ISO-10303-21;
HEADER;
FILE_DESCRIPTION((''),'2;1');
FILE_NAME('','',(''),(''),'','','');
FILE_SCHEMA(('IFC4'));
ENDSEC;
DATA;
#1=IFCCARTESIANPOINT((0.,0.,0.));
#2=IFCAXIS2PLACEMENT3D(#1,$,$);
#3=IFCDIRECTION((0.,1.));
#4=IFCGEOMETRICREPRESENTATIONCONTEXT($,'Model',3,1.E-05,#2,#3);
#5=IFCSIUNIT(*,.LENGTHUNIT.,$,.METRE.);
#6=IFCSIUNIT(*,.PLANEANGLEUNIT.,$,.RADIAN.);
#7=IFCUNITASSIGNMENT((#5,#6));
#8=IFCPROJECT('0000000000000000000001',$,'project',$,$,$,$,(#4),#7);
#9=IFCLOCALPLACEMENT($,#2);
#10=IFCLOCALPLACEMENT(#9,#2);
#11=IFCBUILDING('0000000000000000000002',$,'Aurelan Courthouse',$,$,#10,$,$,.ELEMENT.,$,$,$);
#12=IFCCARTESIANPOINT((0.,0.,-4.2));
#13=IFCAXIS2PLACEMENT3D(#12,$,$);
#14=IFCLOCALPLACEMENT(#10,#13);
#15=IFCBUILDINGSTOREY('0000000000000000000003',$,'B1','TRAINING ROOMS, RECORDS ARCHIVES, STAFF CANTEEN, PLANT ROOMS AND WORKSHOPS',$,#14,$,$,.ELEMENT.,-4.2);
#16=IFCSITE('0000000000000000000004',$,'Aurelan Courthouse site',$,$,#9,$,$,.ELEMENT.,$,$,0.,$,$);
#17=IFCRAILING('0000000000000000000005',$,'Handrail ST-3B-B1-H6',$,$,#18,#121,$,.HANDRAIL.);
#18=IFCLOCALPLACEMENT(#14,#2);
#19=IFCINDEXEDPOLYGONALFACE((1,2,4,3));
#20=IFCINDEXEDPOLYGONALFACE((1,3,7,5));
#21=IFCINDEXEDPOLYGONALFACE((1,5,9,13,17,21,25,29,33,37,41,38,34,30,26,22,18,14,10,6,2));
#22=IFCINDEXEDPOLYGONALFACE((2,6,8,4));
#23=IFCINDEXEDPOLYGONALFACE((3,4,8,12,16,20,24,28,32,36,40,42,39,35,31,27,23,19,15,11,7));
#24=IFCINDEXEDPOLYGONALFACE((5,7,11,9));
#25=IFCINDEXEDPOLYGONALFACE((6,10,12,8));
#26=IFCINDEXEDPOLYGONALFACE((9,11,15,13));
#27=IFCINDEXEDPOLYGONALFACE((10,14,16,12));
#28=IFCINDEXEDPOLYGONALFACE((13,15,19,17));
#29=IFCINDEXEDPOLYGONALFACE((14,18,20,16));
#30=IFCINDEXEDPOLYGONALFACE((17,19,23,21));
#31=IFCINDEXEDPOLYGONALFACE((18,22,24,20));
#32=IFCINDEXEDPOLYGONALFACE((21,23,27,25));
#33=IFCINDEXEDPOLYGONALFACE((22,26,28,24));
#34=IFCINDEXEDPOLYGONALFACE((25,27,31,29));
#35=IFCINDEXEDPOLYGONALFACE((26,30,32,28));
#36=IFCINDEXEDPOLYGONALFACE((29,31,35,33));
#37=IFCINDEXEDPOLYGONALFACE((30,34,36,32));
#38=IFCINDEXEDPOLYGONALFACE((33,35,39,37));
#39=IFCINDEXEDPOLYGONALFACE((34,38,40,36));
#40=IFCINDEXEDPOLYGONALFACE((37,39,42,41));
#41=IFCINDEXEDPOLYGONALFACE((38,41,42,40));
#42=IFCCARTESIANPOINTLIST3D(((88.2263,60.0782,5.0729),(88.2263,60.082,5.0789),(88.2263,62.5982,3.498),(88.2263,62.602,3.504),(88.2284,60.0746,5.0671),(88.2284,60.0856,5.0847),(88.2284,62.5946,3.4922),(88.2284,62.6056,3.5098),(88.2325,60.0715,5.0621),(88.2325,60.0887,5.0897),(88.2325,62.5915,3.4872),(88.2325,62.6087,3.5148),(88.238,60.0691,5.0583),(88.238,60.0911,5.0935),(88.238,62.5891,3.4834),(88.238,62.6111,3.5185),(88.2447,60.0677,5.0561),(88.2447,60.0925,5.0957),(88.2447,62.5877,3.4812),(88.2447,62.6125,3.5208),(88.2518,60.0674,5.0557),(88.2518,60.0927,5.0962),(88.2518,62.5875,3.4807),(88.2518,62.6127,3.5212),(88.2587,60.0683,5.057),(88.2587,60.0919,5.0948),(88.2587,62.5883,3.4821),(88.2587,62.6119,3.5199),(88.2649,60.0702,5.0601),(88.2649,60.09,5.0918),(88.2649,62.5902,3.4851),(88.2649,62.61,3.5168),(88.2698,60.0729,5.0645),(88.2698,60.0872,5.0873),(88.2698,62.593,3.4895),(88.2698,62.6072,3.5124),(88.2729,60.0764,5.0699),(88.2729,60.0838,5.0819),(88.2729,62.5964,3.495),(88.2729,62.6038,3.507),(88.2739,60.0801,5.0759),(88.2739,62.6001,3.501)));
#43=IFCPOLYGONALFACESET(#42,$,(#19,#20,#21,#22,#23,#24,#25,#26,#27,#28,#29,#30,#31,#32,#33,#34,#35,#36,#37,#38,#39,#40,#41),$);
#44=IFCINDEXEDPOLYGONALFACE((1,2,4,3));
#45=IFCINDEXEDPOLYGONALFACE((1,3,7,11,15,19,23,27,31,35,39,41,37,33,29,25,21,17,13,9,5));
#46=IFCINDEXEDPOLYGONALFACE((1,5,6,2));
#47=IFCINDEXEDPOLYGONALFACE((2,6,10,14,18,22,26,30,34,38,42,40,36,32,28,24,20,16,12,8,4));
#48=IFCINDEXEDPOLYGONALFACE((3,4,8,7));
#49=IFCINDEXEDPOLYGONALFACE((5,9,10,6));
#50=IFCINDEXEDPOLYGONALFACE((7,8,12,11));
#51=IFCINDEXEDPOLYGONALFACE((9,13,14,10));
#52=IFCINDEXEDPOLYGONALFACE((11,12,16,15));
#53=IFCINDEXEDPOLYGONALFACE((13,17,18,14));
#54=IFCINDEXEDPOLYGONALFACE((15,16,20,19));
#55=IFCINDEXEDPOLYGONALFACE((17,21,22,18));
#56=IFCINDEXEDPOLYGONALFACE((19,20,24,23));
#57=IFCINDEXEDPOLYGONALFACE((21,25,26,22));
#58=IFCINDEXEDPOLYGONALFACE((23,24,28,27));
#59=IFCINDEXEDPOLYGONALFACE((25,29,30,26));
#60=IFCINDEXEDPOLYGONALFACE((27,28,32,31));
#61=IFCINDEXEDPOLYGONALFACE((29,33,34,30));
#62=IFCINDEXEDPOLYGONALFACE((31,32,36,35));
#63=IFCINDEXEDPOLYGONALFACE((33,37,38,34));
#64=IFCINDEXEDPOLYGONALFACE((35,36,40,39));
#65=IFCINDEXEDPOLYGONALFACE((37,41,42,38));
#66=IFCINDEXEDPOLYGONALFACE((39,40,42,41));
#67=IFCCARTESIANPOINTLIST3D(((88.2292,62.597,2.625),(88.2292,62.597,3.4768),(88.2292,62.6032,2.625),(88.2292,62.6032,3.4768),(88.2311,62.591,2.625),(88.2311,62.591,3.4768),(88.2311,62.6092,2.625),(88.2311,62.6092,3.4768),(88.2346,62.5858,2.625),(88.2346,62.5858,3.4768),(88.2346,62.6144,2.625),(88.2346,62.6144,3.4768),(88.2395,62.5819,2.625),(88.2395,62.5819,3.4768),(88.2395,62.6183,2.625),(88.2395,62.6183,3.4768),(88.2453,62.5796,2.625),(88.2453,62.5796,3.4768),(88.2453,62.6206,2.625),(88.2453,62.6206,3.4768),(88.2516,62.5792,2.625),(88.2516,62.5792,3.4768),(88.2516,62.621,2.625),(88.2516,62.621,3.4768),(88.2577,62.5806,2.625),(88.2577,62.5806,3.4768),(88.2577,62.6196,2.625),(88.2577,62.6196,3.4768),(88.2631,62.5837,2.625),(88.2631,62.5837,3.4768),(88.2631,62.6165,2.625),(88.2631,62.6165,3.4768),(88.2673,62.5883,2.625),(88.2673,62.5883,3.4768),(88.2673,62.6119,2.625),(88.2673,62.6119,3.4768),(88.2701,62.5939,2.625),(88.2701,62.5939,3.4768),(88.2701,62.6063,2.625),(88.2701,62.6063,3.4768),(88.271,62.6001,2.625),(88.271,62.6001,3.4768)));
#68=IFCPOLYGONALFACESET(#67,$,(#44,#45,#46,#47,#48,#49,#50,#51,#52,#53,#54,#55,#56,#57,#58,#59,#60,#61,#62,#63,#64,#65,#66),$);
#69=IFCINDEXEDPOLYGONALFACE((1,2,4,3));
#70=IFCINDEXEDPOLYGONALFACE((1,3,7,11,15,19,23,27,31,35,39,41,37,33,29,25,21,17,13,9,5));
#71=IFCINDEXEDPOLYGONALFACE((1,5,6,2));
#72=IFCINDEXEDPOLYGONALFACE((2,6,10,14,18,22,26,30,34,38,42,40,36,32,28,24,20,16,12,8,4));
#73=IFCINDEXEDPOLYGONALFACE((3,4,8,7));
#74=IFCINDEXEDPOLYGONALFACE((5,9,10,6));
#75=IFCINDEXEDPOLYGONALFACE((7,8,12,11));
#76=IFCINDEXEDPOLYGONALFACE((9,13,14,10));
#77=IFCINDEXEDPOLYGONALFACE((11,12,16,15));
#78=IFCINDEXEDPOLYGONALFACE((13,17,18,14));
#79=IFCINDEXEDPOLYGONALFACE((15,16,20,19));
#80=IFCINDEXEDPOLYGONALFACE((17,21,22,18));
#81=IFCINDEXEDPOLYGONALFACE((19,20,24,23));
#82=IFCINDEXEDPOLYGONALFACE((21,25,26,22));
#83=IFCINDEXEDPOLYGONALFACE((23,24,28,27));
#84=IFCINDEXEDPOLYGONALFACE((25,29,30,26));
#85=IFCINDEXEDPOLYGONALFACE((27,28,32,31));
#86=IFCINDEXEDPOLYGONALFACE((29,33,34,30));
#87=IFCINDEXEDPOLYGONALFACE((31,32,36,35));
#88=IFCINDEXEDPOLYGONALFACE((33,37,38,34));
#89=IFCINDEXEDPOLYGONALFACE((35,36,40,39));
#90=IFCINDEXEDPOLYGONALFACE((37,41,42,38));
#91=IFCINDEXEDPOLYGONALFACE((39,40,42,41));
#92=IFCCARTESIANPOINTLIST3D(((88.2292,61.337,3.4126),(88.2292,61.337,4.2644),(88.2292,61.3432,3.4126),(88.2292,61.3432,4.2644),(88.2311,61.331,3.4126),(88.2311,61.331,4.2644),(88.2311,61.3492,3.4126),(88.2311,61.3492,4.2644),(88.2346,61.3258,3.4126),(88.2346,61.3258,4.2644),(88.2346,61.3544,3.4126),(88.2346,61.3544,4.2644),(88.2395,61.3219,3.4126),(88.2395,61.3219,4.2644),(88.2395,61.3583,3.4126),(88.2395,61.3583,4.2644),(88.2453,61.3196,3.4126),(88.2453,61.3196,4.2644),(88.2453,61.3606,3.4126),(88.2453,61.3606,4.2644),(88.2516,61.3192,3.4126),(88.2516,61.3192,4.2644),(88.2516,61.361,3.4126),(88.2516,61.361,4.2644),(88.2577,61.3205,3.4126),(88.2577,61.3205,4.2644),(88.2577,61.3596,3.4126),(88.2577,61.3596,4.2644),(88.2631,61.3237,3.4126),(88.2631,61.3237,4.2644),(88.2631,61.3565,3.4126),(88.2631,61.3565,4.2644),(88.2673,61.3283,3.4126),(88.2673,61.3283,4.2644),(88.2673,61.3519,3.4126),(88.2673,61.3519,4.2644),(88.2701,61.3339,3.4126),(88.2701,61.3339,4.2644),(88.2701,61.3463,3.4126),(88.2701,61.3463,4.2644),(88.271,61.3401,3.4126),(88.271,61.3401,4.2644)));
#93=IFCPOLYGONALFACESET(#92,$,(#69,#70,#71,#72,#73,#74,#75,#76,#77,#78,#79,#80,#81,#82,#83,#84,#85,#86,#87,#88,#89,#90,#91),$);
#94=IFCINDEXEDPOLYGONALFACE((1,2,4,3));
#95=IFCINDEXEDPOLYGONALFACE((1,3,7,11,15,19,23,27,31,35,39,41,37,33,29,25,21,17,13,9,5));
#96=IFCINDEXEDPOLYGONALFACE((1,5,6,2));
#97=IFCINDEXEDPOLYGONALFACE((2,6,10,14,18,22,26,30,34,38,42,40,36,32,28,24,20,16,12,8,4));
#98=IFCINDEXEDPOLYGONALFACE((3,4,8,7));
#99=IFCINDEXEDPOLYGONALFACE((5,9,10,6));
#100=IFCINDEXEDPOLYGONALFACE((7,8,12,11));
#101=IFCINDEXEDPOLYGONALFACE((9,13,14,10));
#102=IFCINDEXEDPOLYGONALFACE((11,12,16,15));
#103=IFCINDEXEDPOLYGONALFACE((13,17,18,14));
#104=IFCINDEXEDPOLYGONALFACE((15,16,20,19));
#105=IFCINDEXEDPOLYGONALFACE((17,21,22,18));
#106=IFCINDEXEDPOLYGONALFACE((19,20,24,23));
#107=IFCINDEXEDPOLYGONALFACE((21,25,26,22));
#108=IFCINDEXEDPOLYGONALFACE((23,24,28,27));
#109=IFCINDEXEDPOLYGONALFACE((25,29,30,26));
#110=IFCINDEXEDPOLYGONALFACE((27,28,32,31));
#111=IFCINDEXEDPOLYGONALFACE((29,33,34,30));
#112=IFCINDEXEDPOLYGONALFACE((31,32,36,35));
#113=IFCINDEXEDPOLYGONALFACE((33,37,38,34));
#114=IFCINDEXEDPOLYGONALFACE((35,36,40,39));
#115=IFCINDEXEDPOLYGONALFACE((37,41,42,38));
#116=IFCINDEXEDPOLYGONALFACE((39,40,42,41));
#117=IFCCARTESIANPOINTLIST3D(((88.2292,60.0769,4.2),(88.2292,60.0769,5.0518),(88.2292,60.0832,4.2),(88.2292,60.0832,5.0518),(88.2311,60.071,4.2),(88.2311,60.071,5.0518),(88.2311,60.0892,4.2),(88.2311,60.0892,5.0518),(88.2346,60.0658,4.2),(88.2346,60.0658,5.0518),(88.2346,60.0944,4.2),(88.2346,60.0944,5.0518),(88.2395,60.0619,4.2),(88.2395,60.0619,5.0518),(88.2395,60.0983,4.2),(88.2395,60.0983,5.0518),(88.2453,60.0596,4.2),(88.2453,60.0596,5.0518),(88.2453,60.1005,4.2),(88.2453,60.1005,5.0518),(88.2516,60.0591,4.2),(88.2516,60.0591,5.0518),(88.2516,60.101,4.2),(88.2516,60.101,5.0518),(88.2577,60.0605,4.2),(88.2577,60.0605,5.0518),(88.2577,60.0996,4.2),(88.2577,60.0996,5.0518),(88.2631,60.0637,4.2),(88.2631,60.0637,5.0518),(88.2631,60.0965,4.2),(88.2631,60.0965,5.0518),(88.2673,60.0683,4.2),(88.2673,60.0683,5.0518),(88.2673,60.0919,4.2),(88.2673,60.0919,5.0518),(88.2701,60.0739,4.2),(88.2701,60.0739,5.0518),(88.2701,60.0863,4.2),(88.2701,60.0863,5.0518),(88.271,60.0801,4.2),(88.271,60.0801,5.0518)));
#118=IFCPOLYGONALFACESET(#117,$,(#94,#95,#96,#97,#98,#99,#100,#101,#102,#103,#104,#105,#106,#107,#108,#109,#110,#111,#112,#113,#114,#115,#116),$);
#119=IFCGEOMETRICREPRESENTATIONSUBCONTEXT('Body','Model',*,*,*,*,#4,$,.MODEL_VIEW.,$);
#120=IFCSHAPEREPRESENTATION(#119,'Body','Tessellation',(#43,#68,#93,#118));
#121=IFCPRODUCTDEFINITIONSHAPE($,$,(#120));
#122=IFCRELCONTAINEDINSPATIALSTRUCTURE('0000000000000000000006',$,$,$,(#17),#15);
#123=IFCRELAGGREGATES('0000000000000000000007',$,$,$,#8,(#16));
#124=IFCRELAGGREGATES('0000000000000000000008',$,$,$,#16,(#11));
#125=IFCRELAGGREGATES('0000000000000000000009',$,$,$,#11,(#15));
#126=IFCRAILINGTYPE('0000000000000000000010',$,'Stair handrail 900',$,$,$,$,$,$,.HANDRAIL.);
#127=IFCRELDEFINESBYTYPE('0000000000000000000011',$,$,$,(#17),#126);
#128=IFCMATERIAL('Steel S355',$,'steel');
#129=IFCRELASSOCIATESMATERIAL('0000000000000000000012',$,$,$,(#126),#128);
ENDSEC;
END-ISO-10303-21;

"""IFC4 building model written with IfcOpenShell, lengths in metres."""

from ifc_helpers import new_model, si_unit, direction, frame, origin, origin_2d, place, context, subcontext, project, spatial, circle, extrude, material, type_object, element, save


model = new_model("IFC4")

# Units and contexts
model_context = context("Model", 3, precision=1e-05, world=origin(), true_north=direction((0.0, 1.0)))
body_context = subcontext(model_context, "Body", "Model", "MODEL_VIEW")
ifc_project = project(units=[si_unit("LENGTHUNIT", "METRE"), si_unit("PLANEANGLEUNIT", "RADIAN")], contexts=[model_context])

# Site, building, storey
site_placement = place(None, origin())
site = spatial("IfcSite", under=ifc_project, at=site_placement, Name="Aurelan Courthouse site", CompositionType="ELEMENT", RefElevation=0.0)
building_placement = place(site_placement, origin())
building = spatial("IfcBuilding", under=site, at=building_placement, Name="Aurelan Courthouse", CompositionType="ELEMENT")
storey_placement = place(building_placement, frame((0.0, 0.0, -4.2)))
storey = spatial("IfcBuildingStorey", under=building, at=storey_placement, Name="B1", Description="TRAINING ROOMS, RECORDS ARCHIVES, STAFF CANTEEN, PLANT ROOMS AND WORKSHOPS", CompositionType="ELEMENT", Elevation=-4.2)

# Railing
ifc_material_1 = material(Name="Steel S355", Category="steel")
railing_type_1 = type_object("IfcRailingType", Name="Stair handrail 900", PredefinedType="HANDRAIL", material=ifc_material_1)
for number, where, name in (
    (1, (88.25, 62.6001, 2.625), "Handrail ST-3B-B1-H6"),
):
    element("IfcRailing", number, at=place(storey_placement, frame(where)), inside=storey, type_object=railing_type_1, Name=name, PredefinedType="HANDRAIL", context=body_context, shape_type="SweptSolid", body=[
        extrude(circle(Radius=0.0239, at=origin_2d()), frame((0.0, 0.0, 0.876), z_axis=(0.0, -0.848008, 0.529984), x_axis=(1.0, 0.0, 0.0)), (0.0, 0.0, 1.0), 2.9717),
        extrude(circle(Radius=0.021, at=origin_2d()), origin(), (0.0, 0.0, 1.0), 0.8518),
        extrude(circle(Radius=0.021, at=origin_2d()), frame((0.0, -1.26, 0.7876)), (0.0, 0.0, 1.0), 0.8518),
        extrude(circle(Radius=0.021, at=origin_2d()), frame((0.0, -2.52, 1.575)), (0.0, 0.0, 1.0), 0.8518),
    ])

save(model, "model.ifc")
